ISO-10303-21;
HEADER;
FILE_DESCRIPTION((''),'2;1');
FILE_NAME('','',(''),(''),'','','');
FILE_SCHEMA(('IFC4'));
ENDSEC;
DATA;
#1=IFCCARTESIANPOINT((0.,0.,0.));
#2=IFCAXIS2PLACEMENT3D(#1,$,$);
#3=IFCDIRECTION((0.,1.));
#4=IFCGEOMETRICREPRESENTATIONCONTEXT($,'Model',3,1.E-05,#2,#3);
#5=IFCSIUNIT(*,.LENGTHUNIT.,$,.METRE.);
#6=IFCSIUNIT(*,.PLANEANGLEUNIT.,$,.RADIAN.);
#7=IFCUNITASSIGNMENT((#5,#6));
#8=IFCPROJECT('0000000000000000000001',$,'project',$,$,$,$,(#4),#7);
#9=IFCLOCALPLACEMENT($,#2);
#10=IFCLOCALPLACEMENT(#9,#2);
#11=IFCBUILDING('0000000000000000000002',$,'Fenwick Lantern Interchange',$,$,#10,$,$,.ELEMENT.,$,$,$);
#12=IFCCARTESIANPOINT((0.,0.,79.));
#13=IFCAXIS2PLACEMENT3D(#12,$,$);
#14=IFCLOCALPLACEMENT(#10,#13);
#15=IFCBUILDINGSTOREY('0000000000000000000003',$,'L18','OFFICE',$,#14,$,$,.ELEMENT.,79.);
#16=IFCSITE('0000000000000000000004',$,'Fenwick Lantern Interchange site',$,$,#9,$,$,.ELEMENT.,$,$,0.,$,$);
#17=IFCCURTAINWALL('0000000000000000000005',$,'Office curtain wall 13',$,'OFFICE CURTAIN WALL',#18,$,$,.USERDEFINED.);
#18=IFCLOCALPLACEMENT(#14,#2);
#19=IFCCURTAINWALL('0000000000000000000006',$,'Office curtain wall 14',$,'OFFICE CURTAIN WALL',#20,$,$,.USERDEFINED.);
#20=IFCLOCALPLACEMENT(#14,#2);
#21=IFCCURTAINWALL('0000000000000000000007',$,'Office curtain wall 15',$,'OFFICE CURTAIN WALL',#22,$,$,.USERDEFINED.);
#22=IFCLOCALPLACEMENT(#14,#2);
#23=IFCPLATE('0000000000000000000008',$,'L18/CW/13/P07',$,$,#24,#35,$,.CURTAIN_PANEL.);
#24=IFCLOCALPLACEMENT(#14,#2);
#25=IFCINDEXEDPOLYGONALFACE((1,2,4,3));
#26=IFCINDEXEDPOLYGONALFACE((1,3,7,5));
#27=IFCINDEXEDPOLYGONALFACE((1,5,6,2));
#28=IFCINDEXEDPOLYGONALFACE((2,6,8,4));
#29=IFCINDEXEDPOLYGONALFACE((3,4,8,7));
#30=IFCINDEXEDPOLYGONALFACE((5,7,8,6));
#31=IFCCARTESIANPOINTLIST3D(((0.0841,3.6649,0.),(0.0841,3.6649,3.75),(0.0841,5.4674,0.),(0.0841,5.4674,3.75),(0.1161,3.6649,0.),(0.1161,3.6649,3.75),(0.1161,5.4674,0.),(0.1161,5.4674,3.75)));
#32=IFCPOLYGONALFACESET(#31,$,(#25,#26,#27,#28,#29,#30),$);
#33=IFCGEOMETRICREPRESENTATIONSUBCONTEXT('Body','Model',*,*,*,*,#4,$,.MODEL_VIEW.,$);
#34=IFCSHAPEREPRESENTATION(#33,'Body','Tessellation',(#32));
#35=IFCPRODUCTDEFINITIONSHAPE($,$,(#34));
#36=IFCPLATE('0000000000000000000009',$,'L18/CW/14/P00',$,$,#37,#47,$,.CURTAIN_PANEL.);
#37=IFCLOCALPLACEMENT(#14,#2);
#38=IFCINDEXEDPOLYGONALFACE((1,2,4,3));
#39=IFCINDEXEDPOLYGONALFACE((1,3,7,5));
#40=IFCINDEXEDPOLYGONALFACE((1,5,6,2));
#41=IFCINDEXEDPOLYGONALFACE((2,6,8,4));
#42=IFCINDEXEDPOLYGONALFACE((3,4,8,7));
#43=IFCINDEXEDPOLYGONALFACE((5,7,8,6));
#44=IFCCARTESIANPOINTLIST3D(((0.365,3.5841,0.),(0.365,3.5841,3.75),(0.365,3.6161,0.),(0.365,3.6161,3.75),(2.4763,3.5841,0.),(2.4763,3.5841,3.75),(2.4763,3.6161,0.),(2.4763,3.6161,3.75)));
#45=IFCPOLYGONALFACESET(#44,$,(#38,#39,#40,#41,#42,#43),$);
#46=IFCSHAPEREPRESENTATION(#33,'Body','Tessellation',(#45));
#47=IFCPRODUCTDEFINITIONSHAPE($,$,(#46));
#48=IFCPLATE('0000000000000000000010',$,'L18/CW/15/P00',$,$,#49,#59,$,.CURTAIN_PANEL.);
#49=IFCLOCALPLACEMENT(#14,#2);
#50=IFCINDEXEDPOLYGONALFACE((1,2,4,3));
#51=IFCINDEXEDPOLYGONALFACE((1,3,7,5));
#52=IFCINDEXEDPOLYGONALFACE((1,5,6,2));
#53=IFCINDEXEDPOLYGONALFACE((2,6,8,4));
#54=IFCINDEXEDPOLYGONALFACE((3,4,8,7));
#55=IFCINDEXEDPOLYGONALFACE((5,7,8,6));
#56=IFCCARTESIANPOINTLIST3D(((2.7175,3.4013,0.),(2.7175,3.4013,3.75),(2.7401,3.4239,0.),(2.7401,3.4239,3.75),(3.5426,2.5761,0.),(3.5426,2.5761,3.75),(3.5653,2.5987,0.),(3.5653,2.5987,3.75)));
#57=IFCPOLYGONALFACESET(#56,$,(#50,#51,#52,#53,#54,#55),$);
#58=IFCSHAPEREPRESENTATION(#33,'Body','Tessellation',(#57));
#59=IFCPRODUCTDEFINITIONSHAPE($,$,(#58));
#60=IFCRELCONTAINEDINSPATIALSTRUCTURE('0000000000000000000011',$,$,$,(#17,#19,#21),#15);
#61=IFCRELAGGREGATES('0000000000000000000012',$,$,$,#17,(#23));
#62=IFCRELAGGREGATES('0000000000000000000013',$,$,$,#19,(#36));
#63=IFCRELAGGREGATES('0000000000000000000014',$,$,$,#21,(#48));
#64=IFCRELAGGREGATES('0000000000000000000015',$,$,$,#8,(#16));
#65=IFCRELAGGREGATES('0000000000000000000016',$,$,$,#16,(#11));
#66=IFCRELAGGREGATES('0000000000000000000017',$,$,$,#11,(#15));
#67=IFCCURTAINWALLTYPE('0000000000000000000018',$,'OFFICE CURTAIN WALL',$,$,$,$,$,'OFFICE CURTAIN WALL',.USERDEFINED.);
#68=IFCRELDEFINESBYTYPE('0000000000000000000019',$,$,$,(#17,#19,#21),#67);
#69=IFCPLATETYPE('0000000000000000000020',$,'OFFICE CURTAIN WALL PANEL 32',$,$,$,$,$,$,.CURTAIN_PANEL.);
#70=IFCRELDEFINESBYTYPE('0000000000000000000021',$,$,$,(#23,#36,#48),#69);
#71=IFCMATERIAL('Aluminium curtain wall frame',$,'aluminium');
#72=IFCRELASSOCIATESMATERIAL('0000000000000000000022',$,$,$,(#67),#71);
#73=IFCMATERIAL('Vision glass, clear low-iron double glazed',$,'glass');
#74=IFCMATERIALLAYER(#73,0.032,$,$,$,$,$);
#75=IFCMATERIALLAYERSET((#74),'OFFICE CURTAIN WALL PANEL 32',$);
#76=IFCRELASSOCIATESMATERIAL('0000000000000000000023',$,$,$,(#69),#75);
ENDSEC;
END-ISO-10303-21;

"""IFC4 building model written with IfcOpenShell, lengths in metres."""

from ifc_helpers import new_model, si_unit, direction, frame, origin, origin_2d, place, context, subcontext, project, spatial, rectangle, extrude, material, layer, layer_set, type_object, element, aggregate, save


model = new_model("IFC4")

# Units and contexts
model_context = context("Model", 3, precision=1e-05, world=origin(), true_north=direction((0.0, 1.0)))
body_context = subcontext(model_context, "Body", "Model", "MODEL_VIEW")
ifc_project = project(units=[si_unit("LENGTHUNIT", "METRE"), si_unit("PLANEANGLEUNIT", "RADIAN")], contexts=[model_context])

# Site, building, storey
site_placement = place(None, origin())
site = spatial("IfcSite", under=ifc_project, at=site_placement, Name="Fenwick Lantern Interchange site", CompositionType="ELEMENT", RefElevation=0.0)
building_placement = place(site_placement, origin())
building = spatial("IfcBuilding", under=site, at=building_placement, Name="Fenwick Lantern Interchange", CompositionType="ELEMENT")
storey_placement = place(building_placement, frame((0.0, 0.0, 79.0)))
storey = spatial("IfcBuildingStorey", under=building, at=storey_placement, Name="L18", Description="OFFICE", CompositionType="ELEMENT", Elevation=79.0)

# Curtain wall
ifc_material_1 = material(Name="Aluminium curtain wall frame", Category="aluminium")
curtain_wall_type = type_object("IfcCurtainWallType", Name="OFFICE CURTAIN WALL", ElementType="OFFICE CURTAIN WALL", PredefinedType="USERDEFINED", material=ifc_material_1)
curtain_wall_1_placement = place(storey_placement, origin())
curtain_wall_1 = element("IfcCurtainWall", 1, at=curtain_wall_1_placement, inside=storey, type_object=curtain_wall_type, Name="Office curtain wall 13", ObjectType="OFFICE CURTAIN WALL", PredefinedType="USERDEFINED")

# Curtain walls
curtain_wall_2_placement = place(storey_placement, origin())
curtain_wall_2 = element("IfcCurtainWall", 2, at=curtain_wall_2_placement, inside=storey, type_object=curtain_wall_type, Name="Office curtain wall 14", ObjectType="OFFICE CURTAIN WALL", PredefinedType="USERDEFINED")
curtain_wall_3_placement = place(storey_placement, origin())
curtain_wall_3 = element("IfcCurtainWall", 3, at=curtain_wall_3_placement, inside=storey, type_object=curtain_wall_type, Name="Office curtain wall 15", ObjectType="OFFICE CURTAIN WALL", PredefinedType="USERDEFINED")

# Shared definitions
ifc_material_2 = material(Name="Vision glass, clear low-iron double glazed", Category="glass")
ifc_layer_1 = layer(ifc_material_2, 0.032)
ifc_layer_set_1 = layer_set([ifc_layer_1], Name="OFFICE CURTAIN WALL PANEL 32")
plate_type = type_object("IfcPlateType", Name="OFFICE CURTAIN WALL PANEL 32", PredefinedType="CURTAIN_PANEL", material=ifc_layer_set_1)

# Plates
plate_1_placement = place(storey_placement, frame((0.1001, 4.5662, 0.0), z_axis=(0.0, 0.0, 1.0), x_axis=(0.0, -1.0, 0.0)))
plate_1 = element("IfcPlate", 4, at=plate_1_placement, type_object=plate_type, Name="L18/CW/13/P07", PredefinedType="CURTAIN_PANEL", context=body_context, shape_type="SweptSolid", body=[
    extrude(rectangle(XDim=1.8025, YDim=0.032, at=origin_2d()), origin(), (0.0, 0.0, 1.0), 3.75),
])
aggregate(curtain_wall_1, [plate_1])
plate_2_placement = place(storey_placement, frame((1.4207, 3.6001, 0.0), z_axis=(0.0, 0.0, 1.0), x_axis=(1.0, 0.0, 0.0)))
plate_2 = element("IfcPlate", 5, at=plate_2_placement, type_object=plate_type, Name="L18/CW/14/P00", PredefinedType="CURTAIN_PANEL", context=body_context, shape_type="SweptSolid", body=[
    extrude(rectangle(XDim=2.1113, YDim=0.032, at=origin_2d()), origin(), (0.0, 0.0, 1.0), 3.75),
])
aggregate(curtain_wall_2, [plate_2])
plate_3_placement = place(storey_placement, frame((3.1414, 3.0, 0.0), z_axis=(0.0, 0.0, 1.0), x_axis=(0.707107, -0.707107, 0.0)))
plate_3 = element("IfcPlate", 6, at=plate_3_placement, type_object=plate_type, Name="L18/CW/15/P00", PredefinedType="CURTAIN_PANEL", context=body_context, shape_type="SweptSolid", body=[
    extrude(rectangle(XDim=1.167, YDim=0.032, at=origin_2d()), origin(), (0.0, 0.0, 1.0), 3.75),
])
aggregate(curtain_wall_3, [plate_3])

save(model, "model.ifc")
